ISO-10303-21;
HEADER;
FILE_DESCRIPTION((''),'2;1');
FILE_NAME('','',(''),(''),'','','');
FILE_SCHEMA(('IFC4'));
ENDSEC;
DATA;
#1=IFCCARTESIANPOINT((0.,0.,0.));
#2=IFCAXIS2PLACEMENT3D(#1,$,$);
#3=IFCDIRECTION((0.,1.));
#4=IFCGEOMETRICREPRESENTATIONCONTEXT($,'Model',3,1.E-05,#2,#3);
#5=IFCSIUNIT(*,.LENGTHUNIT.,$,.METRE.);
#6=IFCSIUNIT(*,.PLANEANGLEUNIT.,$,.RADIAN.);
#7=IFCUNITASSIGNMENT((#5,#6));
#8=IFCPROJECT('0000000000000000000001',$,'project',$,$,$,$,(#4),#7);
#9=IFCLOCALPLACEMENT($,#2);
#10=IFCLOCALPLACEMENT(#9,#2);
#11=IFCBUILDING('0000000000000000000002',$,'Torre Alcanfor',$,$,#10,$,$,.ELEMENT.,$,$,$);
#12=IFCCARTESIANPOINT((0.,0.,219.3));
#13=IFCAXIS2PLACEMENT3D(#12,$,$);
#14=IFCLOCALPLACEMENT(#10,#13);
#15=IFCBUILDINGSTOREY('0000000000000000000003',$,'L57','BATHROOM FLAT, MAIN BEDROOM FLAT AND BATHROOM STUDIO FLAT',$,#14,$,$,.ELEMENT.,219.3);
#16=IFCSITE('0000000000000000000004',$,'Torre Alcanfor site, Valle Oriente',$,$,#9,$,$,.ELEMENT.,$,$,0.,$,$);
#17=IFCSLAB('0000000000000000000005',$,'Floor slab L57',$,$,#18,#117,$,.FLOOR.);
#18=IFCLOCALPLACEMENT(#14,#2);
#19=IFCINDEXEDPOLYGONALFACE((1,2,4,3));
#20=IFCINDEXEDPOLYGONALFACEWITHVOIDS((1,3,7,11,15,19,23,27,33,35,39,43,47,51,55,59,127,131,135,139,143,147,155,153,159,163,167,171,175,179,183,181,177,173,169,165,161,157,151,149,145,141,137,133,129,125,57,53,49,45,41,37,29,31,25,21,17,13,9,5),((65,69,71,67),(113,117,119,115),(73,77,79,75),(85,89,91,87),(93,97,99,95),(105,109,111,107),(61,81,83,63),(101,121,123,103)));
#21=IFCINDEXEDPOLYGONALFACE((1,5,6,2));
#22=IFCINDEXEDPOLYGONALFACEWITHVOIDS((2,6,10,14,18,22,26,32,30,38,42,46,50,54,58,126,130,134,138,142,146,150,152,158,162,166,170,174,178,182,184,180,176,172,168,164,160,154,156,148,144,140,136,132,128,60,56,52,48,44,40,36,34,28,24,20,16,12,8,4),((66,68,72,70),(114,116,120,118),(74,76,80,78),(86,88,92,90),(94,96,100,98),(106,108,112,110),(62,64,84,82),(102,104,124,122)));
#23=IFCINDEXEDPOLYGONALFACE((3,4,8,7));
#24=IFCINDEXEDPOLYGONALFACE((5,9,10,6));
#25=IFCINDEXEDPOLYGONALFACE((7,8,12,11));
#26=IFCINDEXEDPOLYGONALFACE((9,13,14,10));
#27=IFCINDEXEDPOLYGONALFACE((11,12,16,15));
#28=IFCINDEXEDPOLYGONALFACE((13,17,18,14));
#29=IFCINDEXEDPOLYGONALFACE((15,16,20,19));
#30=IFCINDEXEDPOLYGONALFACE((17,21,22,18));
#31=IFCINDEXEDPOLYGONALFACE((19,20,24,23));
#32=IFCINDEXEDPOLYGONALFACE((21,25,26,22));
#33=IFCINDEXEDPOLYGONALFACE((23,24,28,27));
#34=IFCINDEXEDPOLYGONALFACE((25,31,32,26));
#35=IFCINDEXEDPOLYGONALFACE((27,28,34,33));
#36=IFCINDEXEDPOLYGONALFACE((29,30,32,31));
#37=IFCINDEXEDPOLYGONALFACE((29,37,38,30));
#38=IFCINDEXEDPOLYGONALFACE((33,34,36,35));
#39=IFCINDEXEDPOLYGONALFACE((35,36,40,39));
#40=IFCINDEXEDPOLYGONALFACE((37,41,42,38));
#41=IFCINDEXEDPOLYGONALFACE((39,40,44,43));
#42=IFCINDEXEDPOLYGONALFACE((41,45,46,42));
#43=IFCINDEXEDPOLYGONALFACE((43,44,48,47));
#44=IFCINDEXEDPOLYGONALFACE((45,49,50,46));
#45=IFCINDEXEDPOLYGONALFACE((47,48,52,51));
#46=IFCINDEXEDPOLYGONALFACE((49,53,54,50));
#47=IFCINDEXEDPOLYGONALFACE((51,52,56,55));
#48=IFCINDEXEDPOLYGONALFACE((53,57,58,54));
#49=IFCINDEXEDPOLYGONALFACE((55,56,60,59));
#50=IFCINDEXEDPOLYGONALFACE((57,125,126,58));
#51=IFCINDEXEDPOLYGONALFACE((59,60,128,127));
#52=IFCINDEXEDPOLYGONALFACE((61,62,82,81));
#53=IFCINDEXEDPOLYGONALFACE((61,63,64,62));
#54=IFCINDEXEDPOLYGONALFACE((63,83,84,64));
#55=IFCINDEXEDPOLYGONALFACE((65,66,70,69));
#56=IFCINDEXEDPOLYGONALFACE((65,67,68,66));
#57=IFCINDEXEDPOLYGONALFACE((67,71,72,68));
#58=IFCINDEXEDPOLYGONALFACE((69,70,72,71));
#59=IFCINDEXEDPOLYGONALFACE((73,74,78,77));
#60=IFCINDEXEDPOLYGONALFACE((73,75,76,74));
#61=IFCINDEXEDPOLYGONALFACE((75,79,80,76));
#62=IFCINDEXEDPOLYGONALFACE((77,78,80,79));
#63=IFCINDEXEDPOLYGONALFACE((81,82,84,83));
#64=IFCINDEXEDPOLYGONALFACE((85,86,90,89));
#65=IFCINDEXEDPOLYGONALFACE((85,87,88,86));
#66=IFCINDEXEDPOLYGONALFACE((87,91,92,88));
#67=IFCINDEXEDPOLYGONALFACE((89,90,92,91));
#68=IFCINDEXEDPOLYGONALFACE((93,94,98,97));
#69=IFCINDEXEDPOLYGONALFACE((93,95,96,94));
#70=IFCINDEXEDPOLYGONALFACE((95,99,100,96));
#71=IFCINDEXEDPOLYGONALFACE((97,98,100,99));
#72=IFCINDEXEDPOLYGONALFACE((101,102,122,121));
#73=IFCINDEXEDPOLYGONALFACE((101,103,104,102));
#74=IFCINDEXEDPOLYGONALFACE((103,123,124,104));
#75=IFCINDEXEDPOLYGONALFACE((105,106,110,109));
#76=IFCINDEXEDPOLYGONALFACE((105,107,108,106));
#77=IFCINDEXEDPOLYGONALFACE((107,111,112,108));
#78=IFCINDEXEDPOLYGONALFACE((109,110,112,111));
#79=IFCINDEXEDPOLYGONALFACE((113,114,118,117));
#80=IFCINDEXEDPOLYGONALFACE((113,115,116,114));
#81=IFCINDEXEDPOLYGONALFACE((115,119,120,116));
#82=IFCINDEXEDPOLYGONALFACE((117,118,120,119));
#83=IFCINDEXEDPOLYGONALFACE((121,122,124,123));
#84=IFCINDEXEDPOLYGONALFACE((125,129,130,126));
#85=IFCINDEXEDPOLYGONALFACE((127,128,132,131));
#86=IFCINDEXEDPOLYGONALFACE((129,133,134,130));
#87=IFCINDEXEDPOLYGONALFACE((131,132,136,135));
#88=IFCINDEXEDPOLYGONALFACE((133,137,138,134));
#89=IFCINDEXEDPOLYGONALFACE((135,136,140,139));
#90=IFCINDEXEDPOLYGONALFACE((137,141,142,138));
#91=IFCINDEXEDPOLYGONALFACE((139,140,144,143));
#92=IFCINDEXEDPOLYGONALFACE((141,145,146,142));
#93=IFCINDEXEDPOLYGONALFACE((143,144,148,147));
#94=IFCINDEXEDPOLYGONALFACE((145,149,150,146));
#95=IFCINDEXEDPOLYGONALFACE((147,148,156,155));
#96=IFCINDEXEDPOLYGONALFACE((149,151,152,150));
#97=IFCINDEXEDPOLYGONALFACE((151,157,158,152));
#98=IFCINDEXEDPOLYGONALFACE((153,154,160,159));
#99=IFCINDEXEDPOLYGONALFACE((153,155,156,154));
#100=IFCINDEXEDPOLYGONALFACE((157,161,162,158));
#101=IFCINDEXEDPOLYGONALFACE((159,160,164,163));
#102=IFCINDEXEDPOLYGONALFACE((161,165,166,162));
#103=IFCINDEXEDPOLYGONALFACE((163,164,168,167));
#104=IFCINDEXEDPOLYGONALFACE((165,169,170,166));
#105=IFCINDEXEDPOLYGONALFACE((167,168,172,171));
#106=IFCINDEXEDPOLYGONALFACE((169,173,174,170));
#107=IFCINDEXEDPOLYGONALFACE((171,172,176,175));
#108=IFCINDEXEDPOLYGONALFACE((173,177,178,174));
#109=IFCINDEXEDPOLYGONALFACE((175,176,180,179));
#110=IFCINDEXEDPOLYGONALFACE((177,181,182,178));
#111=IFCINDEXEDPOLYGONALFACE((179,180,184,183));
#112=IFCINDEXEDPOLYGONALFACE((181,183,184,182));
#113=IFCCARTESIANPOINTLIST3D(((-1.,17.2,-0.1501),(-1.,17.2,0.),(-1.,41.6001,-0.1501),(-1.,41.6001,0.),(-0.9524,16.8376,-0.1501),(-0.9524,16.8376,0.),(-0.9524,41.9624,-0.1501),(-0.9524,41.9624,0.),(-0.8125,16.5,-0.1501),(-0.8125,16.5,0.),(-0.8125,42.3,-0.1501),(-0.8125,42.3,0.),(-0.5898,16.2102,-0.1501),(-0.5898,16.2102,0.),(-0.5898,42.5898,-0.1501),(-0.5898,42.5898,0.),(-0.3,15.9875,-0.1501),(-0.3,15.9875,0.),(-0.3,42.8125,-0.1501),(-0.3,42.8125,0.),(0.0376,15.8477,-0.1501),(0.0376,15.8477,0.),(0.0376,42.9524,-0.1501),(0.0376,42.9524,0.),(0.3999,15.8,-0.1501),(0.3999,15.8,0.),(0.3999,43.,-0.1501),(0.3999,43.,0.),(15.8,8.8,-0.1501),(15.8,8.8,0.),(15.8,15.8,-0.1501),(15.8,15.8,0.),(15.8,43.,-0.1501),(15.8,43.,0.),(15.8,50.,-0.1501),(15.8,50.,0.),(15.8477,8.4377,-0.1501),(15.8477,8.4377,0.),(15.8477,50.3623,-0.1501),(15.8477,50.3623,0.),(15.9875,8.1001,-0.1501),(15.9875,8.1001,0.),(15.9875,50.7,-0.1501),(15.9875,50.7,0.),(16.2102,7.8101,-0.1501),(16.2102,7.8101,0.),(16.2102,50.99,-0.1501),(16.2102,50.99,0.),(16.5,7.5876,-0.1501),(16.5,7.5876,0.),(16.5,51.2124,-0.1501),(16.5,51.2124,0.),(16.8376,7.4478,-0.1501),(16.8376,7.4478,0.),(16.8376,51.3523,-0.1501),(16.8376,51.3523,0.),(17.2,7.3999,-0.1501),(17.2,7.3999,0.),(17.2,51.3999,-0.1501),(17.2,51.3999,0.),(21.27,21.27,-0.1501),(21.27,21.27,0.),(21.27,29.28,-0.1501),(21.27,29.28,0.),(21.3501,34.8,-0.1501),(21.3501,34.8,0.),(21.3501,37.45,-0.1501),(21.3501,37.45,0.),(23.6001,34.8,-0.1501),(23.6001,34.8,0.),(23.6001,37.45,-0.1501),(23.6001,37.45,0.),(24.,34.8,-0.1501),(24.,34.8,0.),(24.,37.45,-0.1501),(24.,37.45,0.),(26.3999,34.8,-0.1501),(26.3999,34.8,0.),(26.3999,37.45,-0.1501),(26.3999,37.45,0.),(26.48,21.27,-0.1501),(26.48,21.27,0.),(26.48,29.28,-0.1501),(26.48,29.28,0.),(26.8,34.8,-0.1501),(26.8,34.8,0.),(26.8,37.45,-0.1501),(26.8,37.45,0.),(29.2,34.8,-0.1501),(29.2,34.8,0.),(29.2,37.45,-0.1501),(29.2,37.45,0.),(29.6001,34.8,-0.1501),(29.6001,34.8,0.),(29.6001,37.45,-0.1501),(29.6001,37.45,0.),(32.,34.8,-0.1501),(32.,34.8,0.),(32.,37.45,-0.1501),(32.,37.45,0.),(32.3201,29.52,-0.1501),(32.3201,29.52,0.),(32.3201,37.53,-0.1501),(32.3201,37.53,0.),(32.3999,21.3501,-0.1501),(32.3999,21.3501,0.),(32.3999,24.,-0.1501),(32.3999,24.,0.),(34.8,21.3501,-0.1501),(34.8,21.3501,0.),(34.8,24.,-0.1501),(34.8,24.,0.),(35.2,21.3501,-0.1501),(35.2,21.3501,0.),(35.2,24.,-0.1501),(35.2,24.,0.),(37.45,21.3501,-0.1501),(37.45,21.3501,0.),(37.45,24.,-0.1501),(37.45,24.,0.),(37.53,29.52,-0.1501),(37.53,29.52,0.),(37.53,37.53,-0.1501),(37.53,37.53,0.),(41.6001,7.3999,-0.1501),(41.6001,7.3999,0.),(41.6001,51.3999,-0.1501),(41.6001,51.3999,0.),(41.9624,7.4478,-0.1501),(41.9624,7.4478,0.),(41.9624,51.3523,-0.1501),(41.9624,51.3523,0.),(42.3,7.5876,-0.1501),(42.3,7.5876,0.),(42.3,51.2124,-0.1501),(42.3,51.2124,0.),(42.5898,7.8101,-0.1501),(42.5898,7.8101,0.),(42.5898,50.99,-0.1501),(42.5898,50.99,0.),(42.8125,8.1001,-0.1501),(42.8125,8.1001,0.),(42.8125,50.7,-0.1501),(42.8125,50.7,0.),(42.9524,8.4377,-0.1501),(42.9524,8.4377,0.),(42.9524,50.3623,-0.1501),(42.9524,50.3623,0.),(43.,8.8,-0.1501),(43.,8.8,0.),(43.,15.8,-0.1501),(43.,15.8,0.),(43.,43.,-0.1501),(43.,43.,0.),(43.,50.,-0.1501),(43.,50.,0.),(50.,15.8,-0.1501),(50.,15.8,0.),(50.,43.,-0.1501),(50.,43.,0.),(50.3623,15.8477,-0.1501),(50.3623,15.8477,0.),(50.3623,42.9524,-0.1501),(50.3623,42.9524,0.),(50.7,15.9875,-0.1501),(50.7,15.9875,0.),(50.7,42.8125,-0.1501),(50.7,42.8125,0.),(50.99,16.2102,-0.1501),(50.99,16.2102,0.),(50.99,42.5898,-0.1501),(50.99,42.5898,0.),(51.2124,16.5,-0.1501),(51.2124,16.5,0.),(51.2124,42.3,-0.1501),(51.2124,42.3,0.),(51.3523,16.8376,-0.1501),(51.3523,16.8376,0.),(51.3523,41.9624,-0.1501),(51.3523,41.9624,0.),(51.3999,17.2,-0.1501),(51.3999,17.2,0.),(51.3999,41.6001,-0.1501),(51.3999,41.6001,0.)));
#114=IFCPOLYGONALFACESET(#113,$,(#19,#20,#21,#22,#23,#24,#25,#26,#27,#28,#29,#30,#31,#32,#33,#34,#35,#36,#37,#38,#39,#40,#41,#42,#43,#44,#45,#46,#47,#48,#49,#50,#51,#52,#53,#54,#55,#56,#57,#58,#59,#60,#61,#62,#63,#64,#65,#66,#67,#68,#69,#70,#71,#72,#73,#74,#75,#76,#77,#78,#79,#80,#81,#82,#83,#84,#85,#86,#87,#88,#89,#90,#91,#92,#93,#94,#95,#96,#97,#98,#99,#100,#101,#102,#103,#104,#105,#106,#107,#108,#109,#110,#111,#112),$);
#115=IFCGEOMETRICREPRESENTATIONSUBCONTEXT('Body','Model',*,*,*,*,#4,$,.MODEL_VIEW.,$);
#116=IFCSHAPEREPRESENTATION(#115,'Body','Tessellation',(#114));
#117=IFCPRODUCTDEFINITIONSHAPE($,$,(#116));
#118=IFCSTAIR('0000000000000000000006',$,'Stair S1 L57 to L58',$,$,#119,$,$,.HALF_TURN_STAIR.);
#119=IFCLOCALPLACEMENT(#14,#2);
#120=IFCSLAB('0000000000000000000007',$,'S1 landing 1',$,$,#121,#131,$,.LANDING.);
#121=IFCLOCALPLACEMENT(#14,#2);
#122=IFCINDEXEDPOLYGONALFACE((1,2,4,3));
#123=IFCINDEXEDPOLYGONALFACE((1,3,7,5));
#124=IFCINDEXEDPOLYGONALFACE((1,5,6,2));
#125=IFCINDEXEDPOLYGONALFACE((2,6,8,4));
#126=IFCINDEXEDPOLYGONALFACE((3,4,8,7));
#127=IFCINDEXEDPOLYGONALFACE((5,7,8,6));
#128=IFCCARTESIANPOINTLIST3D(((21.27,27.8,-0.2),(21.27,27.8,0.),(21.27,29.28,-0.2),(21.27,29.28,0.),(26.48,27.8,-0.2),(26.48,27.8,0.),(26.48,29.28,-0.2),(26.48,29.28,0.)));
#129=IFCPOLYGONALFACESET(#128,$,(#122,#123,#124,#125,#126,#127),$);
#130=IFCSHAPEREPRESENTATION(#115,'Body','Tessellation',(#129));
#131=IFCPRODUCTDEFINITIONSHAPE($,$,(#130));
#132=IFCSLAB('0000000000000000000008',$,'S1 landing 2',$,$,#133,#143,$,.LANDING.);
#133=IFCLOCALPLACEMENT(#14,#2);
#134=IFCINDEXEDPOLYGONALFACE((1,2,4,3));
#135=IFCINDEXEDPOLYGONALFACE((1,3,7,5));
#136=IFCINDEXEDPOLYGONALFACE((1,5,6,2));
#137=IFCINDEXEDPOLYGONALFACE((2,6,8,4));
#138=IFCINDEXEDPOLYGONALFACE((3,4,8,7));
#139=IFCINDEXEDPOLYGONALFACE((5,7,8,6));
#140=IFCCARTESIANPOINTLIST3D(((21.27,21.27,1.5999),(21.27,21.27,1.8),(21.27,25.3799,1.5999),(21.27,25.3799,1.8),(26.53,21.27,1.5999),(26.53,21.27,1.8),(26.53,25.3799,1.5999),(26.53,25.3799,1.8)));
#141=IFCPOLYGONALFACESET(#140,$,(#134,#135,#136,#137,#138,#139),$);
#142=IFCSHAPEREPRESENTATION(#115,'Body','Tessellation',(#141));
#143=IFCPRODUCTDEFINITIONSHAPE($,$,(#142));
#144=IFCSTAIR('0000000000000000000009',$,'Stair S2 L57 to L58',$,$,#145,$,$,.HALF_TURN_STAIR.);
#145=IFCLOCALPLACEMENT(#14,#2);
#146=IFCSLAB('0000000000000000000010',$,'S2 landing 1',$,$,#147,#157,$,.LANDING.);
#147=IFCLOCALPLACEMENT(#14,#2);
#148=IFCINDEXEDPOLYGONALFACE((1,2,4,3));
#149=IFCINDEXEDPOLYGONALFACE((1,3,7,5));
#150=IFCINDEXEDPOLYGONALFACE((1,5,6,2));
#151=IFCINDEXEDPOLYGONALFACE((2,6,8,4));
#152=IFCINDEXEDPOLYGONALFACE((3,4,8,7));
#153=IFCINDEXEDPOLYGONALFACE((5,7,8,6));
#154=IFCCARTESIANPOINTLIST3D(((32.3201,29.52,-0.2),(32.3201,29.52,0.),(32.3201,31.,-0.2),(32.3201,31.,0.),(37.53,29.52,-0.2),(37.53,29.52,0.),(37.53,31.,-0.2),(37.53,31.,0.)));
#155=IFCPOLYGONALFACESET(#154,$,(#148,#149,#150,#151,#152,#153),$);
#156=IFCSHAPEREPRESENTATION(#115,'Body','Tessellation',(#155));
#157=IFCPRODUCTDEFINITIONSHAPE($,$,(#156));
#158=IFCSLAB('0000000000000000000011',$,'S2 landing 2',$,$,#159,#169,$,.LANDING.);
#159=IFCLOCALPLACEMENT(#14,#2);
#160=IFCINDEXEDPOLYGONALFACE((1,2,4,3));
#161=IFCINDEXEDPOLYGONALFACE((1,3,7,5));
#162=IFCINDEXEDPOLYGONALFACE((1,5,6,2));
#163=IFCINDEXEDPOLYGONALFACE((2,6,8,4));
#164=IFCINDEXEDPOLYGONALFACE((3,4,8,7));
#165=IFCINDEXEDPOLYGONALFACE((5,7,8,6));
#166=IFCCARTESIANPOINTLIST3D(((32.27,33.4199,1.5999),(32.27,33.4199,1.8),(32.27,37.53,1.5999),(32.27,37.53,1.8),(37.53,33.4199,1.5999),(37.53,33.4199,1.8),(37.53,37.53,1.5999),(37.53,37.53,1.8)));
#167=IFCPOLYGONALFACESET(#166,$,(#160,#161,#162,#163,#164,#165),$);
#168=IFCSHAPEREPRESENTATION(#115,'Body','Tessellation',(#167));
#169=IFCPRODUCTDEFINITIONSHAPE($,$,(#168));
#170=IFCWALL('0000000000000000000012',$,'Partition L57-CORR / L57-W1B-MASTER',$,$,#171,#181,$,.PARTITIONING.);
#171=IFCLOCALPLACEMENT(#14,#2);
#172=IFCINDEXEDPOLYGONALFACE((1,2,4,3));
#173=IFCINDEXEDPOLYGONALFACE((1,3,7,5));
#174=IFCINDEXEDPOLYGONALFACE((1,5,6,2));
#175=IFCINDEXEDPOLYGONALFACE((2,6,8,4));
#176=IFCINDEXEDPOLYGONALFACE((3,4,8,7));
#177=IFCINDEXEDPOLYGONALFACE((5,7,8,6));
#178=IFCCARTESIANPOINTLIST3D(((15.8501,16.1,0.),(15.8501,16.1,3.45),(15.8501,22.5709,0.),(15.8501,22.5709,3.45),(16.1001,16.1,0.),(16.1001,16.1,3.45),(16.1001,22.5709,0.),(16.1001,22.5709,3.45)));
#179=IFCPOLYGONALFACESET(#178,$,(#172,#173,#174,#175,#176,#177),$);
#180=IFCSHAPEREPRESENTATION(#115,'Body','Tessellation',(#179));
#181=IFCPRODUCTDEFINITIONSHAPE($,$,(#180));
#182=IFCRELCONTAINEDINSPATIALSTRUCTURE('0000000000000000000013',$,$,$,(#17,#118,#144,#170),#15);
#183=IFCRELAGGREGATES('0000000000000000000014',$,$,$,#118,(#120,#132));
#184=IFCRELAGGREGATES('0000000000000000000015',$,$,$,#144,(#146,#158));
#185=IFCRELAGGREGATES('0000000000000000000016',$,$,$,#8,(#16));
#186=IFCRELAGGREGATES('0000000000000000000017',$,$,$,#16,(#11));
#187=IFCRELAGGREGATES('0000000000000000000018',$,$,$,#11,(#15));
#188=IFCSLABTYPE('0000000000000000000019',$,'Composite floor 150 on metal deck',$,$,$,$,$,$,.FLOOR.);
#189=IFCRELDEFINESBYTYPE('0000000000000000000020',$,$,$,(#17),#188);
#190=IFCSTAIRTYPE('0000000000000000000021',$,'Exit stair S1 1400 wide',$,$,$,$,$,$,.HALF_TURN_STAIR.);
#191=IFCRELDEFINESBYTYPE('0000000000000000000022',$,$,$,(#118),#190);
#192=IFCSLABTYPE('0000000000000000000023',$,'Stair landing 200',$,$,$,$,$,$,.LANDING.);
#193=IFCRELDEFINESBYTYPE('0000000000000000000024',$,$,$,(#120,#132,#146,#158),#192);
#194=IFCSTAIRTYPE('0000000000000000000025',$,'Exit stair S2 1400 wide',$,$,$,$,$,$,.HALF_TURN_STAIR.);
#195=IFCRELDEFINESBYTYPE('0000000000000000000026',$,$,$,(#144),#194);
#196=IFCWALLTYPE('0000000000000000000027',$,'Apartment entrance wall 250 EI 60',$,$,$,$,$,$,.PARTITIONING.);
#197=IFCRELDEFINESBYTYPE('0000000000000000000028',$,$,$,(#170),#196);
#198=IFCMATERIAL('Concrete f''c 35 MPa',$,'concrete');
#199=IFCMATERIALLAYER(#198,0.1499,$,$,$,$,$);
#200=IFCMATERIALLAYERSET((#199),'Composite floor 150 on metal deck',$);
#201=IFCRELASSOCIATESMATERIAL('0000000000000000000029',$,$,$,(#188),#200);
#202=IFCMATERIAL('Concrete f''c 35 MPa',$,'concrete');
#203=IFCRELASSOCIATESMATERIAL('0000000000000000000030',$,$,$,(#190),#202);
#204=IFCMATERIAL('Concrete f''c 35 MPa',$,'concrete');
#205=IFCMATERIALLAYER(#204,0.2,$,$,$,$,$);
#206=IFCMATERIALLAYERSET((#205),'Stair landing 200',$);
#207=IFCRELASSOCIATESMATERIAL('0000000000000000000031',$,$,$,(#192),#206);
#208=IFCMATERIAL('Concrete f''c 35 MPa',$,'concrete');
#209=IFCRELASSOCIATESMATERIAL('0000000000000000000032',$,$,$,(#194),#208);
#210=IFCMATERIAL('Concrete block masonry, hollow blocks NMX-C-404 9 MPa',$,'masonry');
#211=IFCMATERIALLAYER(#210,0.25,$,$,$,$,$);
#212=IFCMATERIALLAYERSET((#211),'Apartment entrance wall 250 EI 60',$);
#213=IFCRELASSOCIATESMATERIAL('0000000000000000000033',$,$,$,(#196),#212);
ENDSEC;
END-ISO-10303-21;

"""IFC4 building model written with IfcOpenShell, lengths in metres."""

from ifc_helpers import new_model, si_unit, direction, frame, frame_2d, origin, place, context, subcontext, project, spatial, polyline, rectangle, outline, extrude, material, layer, layer_set, type_object, element, aggregate, save


model = new_model("IFC4")

# Units and contexts
model_context = context("Model", 3, precision=1e-05, world=origin(), true_north=direction((0.0, 1.0)))
body_context = subcontext(model_context, "Body", "Model", "MODEL_VIEW")
ifc_project = project(units=[si_unit("LENGTHUNIT", "METRE"), si_unit("PLANEANGLEUNIT", "RADIAN")], contexts=[model_context])

# Site, building, storey
site_placement = place(None, origin())
site = spatial("IfcSite", under=ifc_project, at=site_placement, Name="Torre Alcanfor site, Valle Oriente", CompositionType="ELEMENT", RefElevation=0.0)
building_placement = place(site_placement, origin())
building = spatial("IfcBuilding", under=site, at=building_placement, Name="Torre Alcanfor", CompositionType="ELEMENT")
storey_placement = place(building_placement, frame((0.0, 0.0, 219.3)))
storey = spatial("IfcBuildingStorey", under=building, at=storey_placement, Name="L57", Description="BATHROOM FLAT, MAIN BEDROOM FLAT AND BATHROOM STUDIO FLAT", CompositionType="ELEMENT", Elevation=219.3)

# Slab
ifc_material_1 = material(Name="Concrete f'c 35 MPa", Category="concrete")
ifc_layer_1 = layer(ifc_material_1, 0.1499)
ifc_layer_set_1 = layer_set([ifc_layer_1], Name="Composite floor 150 on metal deck")
slab_type_1 = type_object("IfcSlabType", Name="Composite floor 150 on metal deck", PredefinedType="FLOOR", material=ifc_layer_set_1)
slab_1_placement = place(storey_placement, frame((0.0, 0.0, -0.1501)))
element("IfcSlab", 1, at=slab_1_placement, inside=storey, type_object=slab_type_1, Name="Floor slab L57", PredefinedType="FLOOR", context=body_context, shape_type="SweptSolid", body=[
    extrude(outline(polyline([(15.8, 43.0), (0.3999, 43.0), (0.0376, 42.9524), (-0.3, 42.8125), (-0.5898, 42.5898), (-0.8125, 42.3), (-0.9524, 41.9624), (-1.0, 41.6001), (-1.0, 17.2), (-0.9524, 16.8376), (-0.8125, 16.5), (-0.5898, 16.2102), (-0.3, 15.9875), (0.0376, 15.8477), (0.3999, 15.8), (15.8, 15.8), (15.8, 8.8), (15.8477, 8.4377), (15.9875, 8.1001), (16.2102, 7.8101), (16.5, 7.5876), (16.8376, 7.4478), (17.2, 7.3999), (41.6001, 7.3999), (41.9624, 7.4478), (42.3, 7.5876), (42.5898, 7.8101), (42.8125, 8.1001), (42.9524, 8.4377), (43.0, 8.8), (43.0, 15.8), (50.0, 15.8), (50.3623, 15.8477), (50.7, 15.9875), (50.99, 16.2102), (51.2124, 16.5), (51.3523, 16.8376), (51.3999, 17.2), (51.3999, 41.6001), (51.3523, 41.9624), (51.2124, 42.3), (50.99, 42.5898), (50.7, 42.8125), (50.3623, 42.9524), (50.0, 43.0), (43.0, 43.0), (43.0, 50.0), (42.9524, 50.3623), (42.8125, 50.7), (42.5898, 50.99), (42.3, 51.2124), (41.9624, 51.3523), (41.6001, 51.3999), (17.2, 51.3999), (16.8376, 51.3523), (16.5, 51.2124), (16.2102, 50.99), (15.9875, 50.7), (15.8477, 50.3623), (15.8, 50.0), (15.8, 43.0)]), holes=[polyline([(21.27, 21.27), (26.48, 21.27), (26.48, 29.28), (21.27, 29.28), (21.27, 21.27)]), polyline([(32.3201, 29.52), (37.53, 29.52), (37.53, 37.53), (32.3201, 37.53), (32.3201, 29.52)]), polyline([(32.3999, 21.3501), (34.8, 21.3501), (34.8, 24.0), (32.3999, 24.0), (32.3999, 21.3501)]), polyline([(35.2, 21.3501), (37.45, 21.3501), (37.45, 24.0), (35.2, 24.0), (35.2, 21.3501)]), polyline([(21.3501, 34.8), (23.6001, 34.8), (23.6001, 37.45), (21.3501, 37.45), (21.3501, 34.8)]), polyline([(24.0, 34.8), (26.3999, 34.8), (26.3999, 37.45), (24.0, 37.45), (24.0, 34.8)]), polyline([(26.8, 34.8), (29.2, 34.8), (29.2, 37.45), (26.8, 37.45), (26.8, 34.8)]), polyline([(29.6001, 34.8), (32.0, 34.8), (32.0, 37.45), (29.6001, 37.45), (29.6001, 34.8)])]), origin(), (0.0, 0.0, 1.0), 0.1501),
])

# Stairs, slabs
ifc_material_2 = material(Name="Concrete f'c 35 MPa", Category="concrete")
stair_type_1 = type_object("IfcStairType", Name="Exit stair S1 1400 wide", PredefinedType="HALF_TURN_STAIR", material=ifc_material_2)
stair_1_placement = place(storey_placement, origin())
stair_1 = element("IfcStair", 2, at=stair_1_placement, inside=storey, type_object=stair_type_1, Name="Stair S1 L57 to L58", PredefinedType="HALF_TURN_STAIR")
ifc_material_3 = material(Name="Concrete f'c 35 MPa", Category="concrete")
ifc_layer_2 = layer(ifc_material_3, 0.2)
ifc_layer_set_2 = layer_set([ifc_layer_2], Name="Stair landing 200")
slab_type_2 = type_object("IfcSlabType", Name="Stair landing 200", PredefinedType="LANDING", material=ifc_layer_set_2)
slab_2_placement = place(storey_placement, frame((0.0, 0.0, -0.2)))
slab_2 = element("IfcSlab", 3, at=slab_2_placement, type_object=slab_type_2, Name="S1 landing 1", PredefinedType="LANDING", context=body_context, shape_type="SweptSolid", body=[
    extrude(outline(polyline([(21.27, 27.8), (26.48, 27.8), (26.48, 29.28), (21.27, 29.28), (21.27, 27.8)])), origin(), (0.0, 0.0, 1.0), 0.2),
])
slab_3_placement = place(storey_placement, frame((0.0, 0.0, 1.5999)))
slab_3 = element("IfcSlab", 4, at=slab_3_placement, type_object=slab_type_2, Name="S1 landing 2", PredefinedType="LANDING", context=body_context, shape_type="SweptSolid", body=[
    extrude(outline(polyline([(21.27, 21.27), (26.53, 21.27), (26.53, 25.3799), (21.27, 25.3799), (21.27, 21.27)])), origin(), (0.0, 0.0, 1.0), 0.2002),
])
aggregate(stair_1, [slab_2, slab_3])
ifc_material_4 = material(Name="Concrete f'c 35 MPa", Category="concrete")
stair_type_2 = type_object("IfcStairType", Name="Exit stair S2 1400 wide", PredefinedType="HALF_TURN_STAIR", material=ifc_material_4)
stair_2_placement = place(storey_placement, origin())
stair_2 = element("IfcStair", 5, at=stair_2_placement, inside=storey, type_object=stair_type_2, Name="Stair S2 L57 to L58", PredefinedType="HALF_TURN_STAIR")
slab_4_placement = place(storey_placement, frame((0.0, 0.0, -0.2)))
slab_4 = element("IfcSlab", 6, at=slab_4_placement, type_object=slab_type_2, Name="S2 landing 1", PredefinedType="LANDING", context=body_context, shape_type="SweptSolid", body=[
    extrude(outline(polyline([(32.3201, 29.52), (37.53, 29.52), (37.53, 31.0), (32.3201, 31.0), (32.3201, 29.52)])), origin(), (0.0, 0.0, 1.0), 0.2),
])
slab_5_placement = place(storey_placement, frame((0.0, 0.0, 1.5999)))
slab_5 = element("IfcSlab", 7, at=slab_5_placement, type_object=slab_type_2, Name="S2 landing 2", PredefinedType="LANDING", context=body_context, shape_type="SweptSolid", body=[
    extrude(outline(polyline([(32.27, 33.4199), (37.53, 33.4199), (37.53, 37.53), (32.27, 37.53), (32.27, 33.4199)])), origin(), (0.0, 0.0, 1.0), 0.2002),
])
aggregate(stair_2, [slab_4, slab_5])

# Wall
ifc_material_5 = material(Name="Concrete block masonry, hollow blocks NMX-C-404 9 MPa", Category="masonry")
ifc_layer_3 = layer(ifc_material_5, 0.25)
ifc_layer_set_3 = layer_set([ifc_layer_3], Name="Apartment entrance wall 250 EI 60")
wall_type_1 = type_object("IfcWallType", Name="Apartment entrance wall 250 EI 60", PredefinedType="PARTITIONING", material=ifc_layer_set_3)
wall_1_placement = place(storey_placement, frame((15.9751, 16.1001, 0.0), z_axis=(0.0, 0.0, 1.0), x_axis=(0.0, 1.0, 0.0)))
element("IfcWall", 8, at=wall_1_placement, inside=storey, type_object=wall_type_1, Name="Partition L57-CORR / L57-W1B-MASTER", PredefinedType="PARTITIONING", context=body_context, shape_type="SweptSolid", body=[
    extrude(rectangle(XDim=6.4709, YDim=0.25, at=frame_2d((3.2354, 0.0))), origin(), (0.0, 0.0, 1.0), 3.45),
])

save(model, "model.ifc")
